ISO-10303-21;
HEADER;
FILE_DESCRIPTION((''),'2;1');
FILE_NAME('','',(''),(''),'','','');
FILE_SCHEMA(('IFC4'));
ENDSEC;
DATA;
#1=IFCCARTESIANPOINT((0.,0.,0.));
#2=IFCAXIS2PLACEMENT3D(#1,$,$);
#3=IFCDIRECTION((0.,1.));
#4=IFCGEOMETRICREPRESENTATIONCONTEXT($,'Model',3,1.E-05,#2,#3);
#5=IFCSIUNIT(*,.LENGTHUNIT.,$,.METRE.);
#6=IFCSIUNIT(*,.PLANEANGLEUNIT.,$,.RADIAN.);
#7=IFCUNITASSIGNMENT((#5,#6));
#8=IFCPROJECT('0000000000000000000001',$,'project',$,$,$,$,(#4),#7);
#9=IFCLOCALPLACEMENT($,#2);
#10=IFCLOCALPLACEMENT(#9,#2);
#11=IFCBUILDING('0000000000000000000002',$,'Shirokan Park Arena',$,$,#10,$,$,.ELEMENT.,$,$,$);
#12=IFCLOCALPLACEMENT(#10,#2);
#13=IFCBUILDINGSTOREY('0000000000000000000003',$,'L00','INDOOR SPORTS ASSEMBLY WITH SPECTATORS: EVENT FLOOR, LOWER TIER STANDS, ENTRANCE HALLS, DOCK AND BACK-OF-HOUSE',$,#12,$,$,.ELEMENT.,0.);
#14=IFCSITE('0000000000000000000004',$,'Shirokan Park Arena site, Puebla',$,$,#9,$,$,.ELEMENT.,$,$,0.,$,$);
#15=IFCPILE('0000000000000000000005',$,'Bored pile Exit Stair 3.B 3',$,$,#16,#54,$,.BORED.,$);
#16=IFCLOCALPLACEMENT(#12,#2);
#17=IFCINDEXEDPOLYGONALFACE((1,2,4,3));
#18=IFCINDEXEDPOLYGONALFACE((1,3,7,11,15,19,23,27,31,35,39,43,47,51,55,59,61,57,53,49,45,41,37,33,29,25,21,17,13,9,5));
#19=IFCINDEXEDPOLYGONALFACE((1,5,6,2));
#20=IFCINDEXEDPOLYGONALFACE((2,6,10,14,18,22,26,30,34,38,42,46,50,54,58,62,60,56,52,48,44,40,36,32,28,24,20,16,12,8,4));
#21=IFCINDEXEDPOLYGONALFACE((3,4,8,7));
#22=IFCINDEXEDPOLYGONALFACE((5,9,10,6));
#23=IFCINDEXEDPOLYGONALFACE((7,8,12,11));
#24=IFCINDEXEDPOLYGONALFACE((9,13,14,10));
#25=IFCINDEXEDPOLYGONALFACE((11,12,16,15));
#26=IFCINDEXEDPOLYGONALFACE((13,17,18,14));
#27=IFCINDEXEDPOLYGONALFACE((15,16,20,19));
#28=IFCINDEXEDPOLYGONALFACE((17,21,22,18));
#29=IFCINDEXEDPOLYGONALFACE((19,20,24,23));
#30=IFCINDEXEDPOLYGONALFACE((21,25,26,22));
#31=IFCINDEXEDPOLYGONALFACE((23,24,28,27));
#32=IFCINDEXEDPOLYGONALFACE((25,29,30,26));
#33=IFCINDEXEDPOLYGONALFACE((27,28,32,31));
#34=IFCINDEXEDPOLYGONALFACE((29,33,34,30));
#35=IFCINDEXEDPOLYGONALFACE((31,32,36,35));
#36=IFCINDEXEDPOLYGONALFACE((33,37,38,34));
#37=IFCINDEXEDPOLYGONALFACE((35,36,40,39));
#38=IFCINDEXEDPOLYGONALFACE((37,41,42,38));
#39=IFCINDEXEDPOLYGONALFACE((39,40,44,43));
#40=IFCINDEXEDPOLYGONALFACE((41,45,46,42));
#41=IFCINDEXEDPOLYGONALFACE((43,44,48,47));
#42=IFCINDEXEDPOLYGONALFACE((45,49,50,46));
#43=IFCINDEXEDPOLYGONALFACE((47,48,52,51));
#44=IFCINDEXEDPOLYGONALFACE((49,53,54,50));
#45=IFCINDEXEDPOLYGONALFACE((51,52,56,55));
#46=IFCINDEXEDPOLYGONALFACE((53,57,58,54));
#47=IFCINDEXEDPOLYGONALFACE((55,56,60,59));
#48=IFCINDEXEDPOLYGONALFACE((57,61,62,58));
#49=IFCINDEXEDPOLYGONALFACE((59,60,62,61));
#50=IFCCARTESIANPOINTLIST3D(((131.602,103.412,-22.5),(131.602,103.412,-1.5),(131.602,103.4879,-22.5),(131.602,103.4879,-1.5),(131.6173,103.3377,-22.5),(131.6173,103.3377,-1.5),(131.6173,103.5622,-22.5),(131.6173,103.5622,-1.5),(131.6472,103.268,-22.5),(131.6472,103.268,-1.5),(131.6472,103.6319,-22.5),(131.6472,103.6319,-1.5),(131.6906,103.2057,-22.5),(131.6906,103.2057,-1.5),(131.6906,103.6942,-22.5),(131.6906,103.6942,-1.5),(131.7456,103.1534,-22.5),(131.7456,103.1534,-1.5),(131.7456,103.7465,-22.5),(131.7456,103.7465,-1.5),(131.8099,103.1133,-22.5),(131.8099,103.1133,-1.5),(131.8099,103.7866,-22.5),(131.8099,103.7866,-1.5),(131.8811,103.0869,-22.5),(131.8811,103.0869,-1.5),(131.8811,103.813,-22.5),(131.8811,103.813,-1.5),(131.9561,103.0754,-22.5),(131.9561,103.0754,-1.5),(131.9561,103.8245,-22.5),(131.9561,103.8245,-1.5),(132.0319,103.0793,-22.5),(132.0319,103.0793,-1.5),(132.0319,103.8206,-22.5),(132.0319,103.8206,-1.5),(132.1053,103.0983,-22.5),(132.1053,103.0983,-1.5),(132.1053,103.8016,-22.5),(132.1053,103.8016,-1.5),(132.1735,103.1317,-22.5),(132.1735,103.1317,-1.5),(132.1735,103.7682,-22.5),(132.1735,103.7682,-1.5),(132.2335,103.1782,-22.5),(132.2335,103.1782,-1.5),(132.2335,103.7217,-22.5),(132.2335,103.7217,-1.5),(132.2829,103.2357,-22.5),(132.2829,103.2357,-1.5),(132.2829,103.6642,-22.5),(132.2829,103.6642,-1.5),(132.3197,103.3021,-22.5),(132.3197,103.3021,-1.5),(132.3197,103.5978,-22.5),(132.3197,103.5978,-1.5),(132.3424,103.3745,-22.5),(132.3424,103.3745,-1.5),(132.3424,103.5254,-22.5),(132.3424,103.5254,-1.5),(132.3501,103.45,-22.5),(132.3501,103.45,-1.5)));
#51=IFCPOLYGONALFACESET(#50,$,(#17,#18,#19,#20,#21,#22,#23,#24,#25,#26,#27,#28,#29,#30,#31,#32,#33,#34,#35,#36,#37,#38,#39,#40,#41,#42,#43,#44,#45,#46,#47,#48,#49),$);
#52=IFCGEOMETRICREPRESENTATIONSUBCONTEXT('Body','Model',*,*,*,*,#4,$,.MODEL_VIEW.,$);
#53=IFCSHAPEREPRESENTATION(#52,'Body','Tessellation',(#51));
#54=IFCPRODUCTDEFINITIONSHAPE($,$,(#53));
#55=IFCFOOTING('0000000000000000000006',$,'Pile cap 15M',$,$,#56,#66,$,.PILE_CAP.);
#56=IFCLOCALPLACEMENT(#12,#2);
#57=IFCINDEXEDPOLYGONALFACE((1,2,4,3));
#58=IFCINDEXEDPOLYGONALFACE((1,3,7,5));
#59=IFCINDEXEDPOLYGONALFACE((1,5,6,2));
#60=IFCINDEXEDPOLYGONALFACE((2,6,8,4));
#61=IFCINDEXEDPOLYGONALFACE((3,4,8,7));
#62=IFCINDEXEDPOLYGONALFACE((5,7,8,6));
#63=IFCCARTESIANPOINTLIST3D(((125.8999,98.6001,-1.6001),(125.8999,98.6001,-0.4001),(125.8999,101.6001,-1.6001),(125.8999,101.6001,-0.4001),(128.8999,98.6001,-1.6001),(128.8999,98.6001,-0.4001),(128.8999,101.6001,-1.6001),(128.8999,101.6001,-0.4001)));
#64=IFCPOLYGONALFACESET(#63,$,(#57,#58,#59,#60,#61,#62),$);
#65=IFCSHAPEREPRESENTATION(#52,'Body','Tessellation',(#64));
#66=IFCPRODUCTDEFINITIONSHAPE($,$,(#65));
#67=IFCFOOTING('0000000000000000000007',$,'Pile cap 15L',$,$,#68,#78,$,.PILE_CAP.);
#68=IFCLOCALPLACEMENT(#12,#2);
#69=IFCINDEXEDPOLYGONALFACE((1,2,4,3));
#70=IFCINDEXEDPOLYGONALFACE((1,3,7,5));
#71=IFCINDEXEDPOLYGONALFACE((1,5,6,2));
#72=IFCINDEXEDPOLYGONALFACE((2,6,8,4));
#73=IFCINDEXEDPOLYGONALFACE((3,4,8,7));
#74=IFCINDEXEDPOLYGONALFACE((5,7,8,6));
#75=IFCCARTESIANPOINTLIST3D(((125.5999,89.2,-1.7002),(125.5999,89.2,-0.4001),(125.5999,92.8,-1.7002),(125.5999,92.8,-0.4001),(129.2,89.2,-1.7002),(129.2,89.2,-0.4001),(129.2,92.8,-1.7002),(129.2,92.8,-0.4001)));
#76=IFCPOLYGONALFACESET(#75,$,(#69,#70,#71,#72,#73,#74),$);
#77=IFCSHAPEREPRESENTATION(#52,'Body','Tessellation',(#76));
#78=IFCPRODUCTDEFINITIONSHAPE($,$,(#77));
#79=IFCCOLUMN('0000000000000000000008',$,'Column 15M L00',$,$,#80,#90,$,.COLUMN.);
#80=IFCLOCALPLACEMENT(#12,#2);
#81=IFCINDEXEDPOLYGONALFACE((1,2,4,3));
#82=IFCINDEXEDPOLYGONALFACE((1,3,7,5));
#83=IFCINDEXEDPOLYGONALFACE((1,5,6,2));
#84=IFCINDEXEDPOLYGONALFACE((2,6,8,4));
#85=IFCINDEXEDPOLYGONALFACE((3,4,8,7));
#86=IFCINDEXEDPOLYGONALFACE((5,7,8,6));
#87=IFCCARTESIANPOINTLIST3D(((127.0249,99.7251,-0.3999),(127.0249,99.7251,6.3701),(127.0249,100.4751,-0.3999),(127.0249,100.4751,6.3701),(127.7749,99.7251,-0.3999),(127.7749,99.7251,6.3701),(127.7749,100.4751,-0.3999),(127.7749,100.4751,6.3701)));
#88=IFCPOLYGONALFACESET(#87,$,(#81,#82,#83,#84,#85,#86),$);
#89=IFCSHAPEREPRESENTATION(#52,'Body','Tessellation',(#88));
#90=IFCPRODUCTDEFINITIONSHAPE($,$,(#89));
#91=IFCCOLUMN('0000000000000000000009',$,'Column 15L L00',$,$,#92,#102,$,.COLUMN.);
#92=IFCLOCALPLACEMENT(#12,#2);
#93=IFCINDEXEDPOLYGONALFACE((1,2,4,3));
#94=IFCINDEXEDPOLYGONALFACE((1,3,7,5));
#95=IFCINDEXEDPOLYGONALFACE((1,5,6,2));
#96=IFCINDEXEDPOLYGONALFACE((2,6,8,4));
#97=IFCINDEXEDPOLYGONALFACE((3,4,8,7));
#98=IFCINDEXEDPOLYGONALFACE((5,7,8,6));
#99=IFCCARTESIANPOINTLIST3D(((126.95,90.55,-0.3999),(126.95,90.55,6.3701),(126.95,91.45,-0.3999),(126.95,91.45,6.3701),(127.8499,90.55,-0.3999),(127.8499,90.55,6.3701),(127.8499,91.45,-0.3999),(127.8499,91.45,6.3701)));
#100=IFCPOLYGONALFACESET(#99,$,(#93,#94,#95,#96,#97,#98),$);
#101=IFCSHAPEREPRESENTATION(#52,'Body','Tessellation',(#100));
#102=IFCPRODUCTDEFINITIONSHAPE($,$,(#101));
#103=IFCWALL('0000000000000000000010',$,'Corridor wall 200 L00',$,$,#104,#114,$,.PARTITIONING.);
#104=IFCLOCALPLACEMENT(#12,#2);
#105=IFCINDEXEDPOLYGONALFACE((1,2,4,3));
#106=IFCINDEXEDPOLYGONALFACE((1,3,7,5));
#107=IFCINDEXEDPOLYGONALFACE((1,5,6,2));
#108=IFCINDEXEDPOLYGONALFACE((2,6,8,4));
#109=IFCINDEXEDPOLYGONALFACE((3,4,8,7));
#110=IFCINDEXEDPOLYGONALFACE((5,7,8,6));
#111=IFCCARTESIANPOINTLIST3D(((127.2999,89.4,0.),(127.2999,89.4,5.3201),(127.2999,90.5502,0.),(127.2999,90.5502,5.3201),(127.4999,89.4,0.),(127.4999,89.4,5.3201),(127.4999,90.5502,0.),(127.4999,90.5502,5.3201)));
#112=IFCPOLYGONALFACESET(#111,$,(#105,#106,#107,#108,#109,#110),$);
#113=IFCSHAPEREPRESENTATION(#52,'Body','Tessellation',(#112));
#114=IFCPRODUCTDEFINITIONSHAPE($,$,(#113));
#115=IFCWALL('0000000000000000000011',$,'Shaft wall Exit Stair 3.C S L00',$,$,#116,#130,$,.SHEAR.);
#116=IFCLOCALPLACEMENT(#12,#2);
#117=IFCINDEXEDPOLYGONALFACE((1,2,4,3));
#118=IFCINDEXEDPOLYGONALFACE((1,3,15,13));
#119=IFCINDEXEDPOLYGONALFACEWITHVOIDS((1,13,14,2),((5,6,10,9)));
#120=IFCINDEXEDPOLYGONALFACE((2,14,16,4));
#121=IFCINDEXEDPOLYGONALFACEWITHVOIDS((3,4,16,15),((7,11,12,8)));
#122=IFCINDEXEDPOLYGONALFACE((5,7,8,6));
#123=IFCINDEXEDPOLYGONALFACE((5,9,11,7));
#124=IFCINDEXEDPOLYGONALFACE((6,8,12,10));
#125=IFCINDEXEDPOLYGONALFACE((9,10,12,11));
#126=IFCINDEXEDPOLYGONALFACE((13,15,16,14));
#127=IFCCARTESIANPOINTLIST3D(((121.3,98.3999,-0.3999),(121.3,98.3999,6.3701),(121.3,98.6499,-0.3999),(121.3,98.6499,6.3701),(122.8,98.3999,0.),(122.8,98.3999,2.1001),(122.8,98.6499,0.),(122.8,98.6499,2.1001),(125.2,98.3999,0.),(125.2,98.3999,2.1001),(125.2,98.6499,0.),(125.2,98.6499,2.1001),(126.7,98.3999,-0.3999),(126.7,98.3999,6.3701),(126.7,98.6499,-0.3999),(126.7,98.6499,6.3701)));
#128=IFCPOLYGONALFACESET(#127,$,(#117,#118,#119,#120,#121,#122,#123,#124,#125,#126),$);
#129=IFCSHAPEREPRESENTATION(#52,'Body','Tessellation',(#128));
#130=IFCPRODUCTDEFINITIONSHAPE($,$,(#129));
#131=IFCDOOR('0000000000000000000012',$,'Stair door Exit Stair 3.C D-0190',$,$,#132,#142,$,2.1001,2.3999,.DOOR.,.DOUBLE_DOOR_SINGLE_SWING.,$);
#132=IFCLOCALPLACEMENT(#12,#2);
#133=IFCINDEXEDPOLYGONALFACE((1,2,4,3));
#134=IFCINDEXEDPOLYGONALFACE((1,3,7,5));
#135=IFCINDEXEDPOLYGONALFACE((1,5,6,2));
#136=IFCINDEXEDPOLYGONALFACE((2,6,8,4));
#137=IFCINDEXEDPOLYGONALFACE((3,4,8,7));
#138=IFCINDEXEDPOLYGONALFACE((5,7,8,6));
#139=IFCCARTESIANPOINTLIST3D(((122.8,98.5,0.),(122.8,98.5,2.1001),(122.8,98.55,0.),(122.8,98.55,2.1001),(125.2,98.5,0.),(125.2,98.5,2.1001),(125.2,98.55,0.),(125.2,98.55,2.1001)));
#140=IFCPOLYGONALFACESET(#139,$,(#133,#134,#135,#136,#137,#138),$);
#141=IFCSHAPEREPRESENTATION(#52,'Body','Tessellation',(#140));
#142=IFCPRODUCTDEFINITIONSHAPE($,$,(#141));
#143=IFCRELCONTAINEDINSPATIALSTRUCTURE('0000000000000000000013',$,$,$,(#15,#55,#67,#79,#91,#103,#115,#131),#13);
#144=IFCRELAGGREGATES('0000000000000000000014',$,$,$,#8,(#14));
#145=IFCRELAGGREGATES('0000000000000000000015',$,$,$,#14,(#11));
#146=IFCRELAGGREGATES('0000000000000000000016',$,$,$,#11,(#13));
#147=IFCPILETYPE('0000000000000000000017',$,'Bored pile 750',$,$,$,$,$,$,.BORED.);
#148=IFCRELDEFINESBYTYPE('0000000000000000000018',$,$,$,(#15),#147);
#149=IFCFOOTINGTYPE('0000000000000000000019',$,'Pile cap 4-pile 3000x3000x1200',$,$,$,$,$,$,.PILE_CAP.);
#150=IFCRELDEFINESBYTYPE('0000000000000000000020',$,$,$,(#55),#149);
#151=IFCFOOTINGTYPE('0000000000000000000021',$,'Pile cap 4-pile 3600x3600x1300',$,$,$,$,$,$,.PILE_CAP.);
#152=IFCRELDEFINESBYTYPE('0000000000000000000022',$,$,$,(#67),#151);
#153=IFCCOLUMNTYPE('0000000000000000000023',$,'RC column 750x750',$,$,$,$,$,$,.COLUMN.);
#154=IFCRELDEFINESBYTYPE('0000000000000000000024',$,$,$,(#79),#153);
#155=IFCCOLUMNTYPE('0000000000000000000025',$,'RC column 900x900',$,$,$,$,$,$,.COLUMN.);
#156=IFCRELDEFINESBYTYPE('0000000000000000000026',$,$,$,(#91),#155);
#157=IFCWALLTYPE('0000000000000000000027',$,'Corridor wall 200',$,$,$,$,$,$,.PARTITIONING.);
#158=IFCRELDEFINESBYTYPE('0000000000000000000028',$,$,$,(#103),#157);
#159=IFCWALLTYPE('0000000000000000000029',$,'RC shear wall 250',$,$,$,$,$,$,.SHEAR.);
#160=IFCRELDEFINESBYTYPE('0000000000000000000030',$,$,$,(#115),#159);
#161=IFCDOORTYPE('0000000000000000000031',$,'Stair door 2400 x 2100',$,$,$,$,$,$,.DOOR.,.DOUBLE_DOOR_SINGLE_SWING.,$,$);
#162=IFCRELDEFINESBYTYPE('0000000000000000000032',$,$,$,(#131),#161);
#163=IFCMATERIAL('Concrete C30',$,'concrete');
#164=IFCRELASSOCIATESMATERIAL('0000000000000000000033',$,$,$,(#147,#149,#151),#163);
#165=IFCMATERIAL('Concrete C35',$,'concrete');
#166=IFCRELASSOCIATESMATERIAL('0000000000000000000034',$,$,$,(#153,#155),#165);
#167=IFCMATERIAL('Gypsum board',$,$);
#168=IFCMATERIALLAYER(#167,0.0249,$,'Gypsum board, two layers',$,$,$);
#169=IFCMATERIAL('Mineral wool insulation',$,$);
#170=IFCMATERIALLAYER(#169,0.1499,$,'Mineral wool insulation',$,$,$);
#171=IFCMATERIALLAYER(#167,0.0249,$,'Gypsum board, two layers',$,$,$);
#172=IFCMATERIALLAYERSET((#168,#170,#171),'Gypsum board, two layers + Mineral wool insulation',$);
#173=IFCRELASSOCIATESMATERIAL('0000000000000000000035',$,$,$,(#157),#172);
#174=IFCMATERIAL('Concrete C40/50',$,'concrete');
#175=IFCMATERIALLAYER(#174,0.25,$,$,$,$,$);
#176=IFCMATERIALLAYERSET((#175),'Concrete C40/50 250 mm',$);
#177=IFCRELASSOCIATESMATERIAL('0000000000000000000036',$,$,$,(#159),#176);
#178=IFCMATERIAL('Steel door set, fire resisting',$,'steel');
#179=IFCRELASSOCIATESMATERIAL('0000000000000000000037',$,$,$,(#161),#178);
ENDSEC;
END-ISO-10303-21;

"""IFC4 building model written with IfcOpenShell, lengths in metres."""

from ifc_helpers import new_model, si_unit, direction, frame, frame_2d, origin, origin_2d, place, context, subcontext, project, spatial, rectangle, circle, extrude, material, layer, layer_set, material_profile, profile_set, type_object, element, fill, save


model = new_model("IFC4")

# Units and contexts
model_context = context("Model", 3, precision=1e-05, world=origin(), true_north=direction((0.0, 1.0)))
body_context = subcontext(model_context, "Body", "Model", "MODEL_VIEW")
ifc_project = project(units=[si_unit("LENGTHUNIT", "METRE"), si_unit("PLANEANGLEUNIT", "RADIAN")], contexts=[model_context])

# Site, building, storey
site_placement = place(None, origin())
site = spatial("IfcSite", under=ifc_project, at=site_placement, Name="Shirokan Park Arena site, Puebla", CompositionType="ELEMENT", RefElevation=0.0)
building_placement = place(site_placement, origin())
building = spatial("IfcBuilding", under=site, at=building_placement, Name="Shirokan Park Arena", CompositionType="ELEMENT")
storey_placement = place(building_placement, origin())
storey = spatial("IfcBuildingStorey", under=building, at=storey_placement, Name="L00", Description="INDOOR SPORTS ASSEMBLY WITH SPECTATORS: EVENT FLOOR, LOWER TIER STANDS, ENTRANCE HALLS, DOCK AND BACK-OF-HOUSE", CompositionType="ELEMENT", Elevation=0.0)

# Pile
ifc_material_1 = material(Name="Concrete C30", Category="concrete")
ifc_material_profile_1 = material_profile(ifc_material_1, circle(Radius=0.375, at=origin_2d()), Name="D750")
ifc_profile_set_1 = profile_set([ifc_material_profile_1], Name="Concrete C30")
pile_type_1 = type_object("IfcPileType", Name="Bored pile 750", PredefinedType="BORED", material=ifc_profile_set_1)
for number, where, z_axis, x_axis, name in (
    (1, (131.9751, 103.45, -1.5), (0.0, 0.0, -1.0), (1.0, 0.0, 0.0), "Bored pile Exit Stair 3.B 3"),
):
    element("IfcPile", number, at=place(storey_placement, frame(where, z_axis=z_axis, x_axis=x_axis)), inside=storey, type_object=pile_type_1, Name=name, PredefinedType="BORED", context=body_context, shape_type="SweptSolid", body=[
        extrude(circle(Radius=0.375, at=origin_2d()), origin(), (0.0, 0.0, 1.0), 21.0),
    ])

# Footings
footing_type_1 = type_object("IfcFootingType", Name="Pile cap 4-pile 3000x3000x1200", PredefinedType="PILE_CAP", material=ifc_material_1)
footing_1_placement = place(storey_placement, frame((127.3999, 100.1001, -1.6001), z_axis=(0.0, 0.0, 1.0), x_axis=(1.0, 0.0, 0.0)))
element("IfcFooting", 2, at=footing_1_placement, inside=storey, type_object=footing_type_1, Name="Pile cap 15M", PredefinedType="PILE_CAP", context=body_context, shape_type="SweptSolid", body=[
    extrude(rectangle(XDim=3.0, YDim=3.0, at=origin_2d()), origin(), (0.0, 0.0, 1.0), 1.2),
])
footing_type_2 = type_object("IfcFootingType", Name="Pile cap 4-pile 3600x3600x1300", PredefinedType="PILE_CAP", material=ifc_material_1)
footing_2_placement = place(storey_placement, frame((127.3999, 91.0, -1.7002), z_axis=(0.0, 0.0, 1.0), x_axis=(1.0, 0.0, 0.0)))
element("IfcFooting", 3, at=footing_2_placement, inside=storey, type_object=footing_type_2, Name="Pile cap 15L", PredefinedType="PILE_CAP", context=body_context, shape_type="SweptSolid", body=[
    extrude(rectangle(XDim=3.6001, YDim=3.6001, at=origin_2d()), origin(), (0.0, 0.0, 1.0), 1.3),
])

# Columns
ifc_material_2 = material(Name="Concrete C35", Category="concrete")
ifc_material_profile_2 = material_profile(ifc_material_2, rectangle(XDim=0.75, YDim=0.75, at=origin_2d()), Name="750x750")
ifc_profile_set_2 = profile_set([ifc_material_profile_2], Name="Concrete C35")
column_type_1 = type_object("IfcColumnType", Name="RC column 750x750", PredefinedType="COLUMN", material=ifc_profile_set_2)
column_1_placement = place(storey_placement, frame((127.3999, 100.1001, -0.3999), z_axis=(0.0, 0.0, 1.0), x_axis=(1.0, 0.0, 0.0)))
element("IfcColumn", 4, at=column_1_placement, inside=storey, type_object=column_type_1, Name="Column 15M L00", PredefinedType="COLUMN", context=body_context, shape_type="SweptSolid", body=[
    extrude(rectangle(XDim=0.75, YDim=0.75, at=origin_2d()), origin(), (0.0, 0.0, 1.0), 6.77),
])
ifc_material_profile_3 = material_profile(ifc_material_2, rectangle(XDim=0.8999, YDim=0.8999, at=origin_2d()), Name="900x900")
ifc_profile_set_3 = profile_set([ifc_material_profile_3], Name="Concrete C35")
column_type_2 = type_object("IfcColumnType", Name="RC column 900x900", PredefinedType="COLUMN", material=ifc_profile_set_3)
column_2_placement = place(storey_placement, frame((127.3999, 91.0, -0.3999), z_axis=(0.0, 0.0, 1.0), x_axis=(1.0, 0.0, 0.0)))
element("IfcColumn", 5, at=column_2_placement, inside=storey, type_object=column_type_2, Name="Column 15L L00", PredefinedType="COLUMN", context=body_context, shape_type="SweptSolid", body=[
    extrude(rectangle(XDim=0.8999, YDim=0.8999, at=origin_2d()), origin(), (0.0, 0.0, 1.0), 6.77),
])

# Wall
ifc_material_3 = material(Name="Gypsum board")
ifc_layer_1 = layer(ifc_material_3, 0.0249, Name="Gypsum board, two layers")
ifc_material_4 = material(Name="Mineral wool insulation")
ifc_layer_2 = layer(ifc_material_4, 0.1499, Name="Mineral wool insulation")
ifc_layer_3 = layer(ifc_material_3, 0.0249, Name="Gypsum board, two layers")
ifc_layer_set_1 = layer_set([ifc_layer_1, ifc_layer_2, ifc_layer_3], Name="Gypsum board, two layers + Mineral wool insulation")
wall_type_1 = type_object("IfcWallType", Name="Corridor wall 200", PredefinedType="PARTITIONING", material=ifc_layer_set_1)
wall_1_placement = place(storey_placement, frame((127.3999, 89.3999, 0.0), z_axis=(0.0, 0.0, 1.0), x_axis=(0.0, 1.0, 0.0)))
element("IfcWall", 6, at=wall_1_placement, inside=storey, type_object=wall_type_1, Name="Corridor wall 200 L00", PredefinedType="PARTITIONING", context=body_context, shape_type="SweptSolid", body=[
    extrude(rectangle(XDim=1.1501, YDim=0.2, at=frame_2d((0.5752, 0.0))), origin(), (0.0, 0.0, 1.0), 5.3201),
])

# Wall, opening, door
ifc_material_5 = material(Name="Concrete C40/50", Category="concrete")
ifc_layer_4 = layer(ifc_material_5, 0.25)
ifc_layer_set_2 = layer_set([ifc_layer_4], Name="Concrete C40/50 250 mm")
wall_type_2 = type_object("IfcWallType", Name="RC shear wall 250", PredefinedType="SHEAR", material=ifc_layer_set_2)
wall_2_placement = place(storey_placement, frame((126.7, 98.5249, -0.3999), z_axis=(0.0, 0.0, 1.0), x_axis=(-1.0, 0.0, 0.0)))
wall_2 = element("IfcWall", 7, at=wall_2_placement, inside=storey, type_object=wall_type_2, Name="Shaft wall Exit Stair 3.C S L00", PredefinedType="SHEAR", context=body_context, shape_type="SweptSolid", body=[
    extrude(rectangle(XDim=5.3999, YDim=0.25, at=frame_2d((2.7, 0.0))), origin(), (0.0, 0.0, 1.0), 6.77),
])
opening_1_placement = place(wall_2_placement, frame((1.5, 0.0, 0.3999)))
opening_1 = element("IfcOpeningElement", 8, at=opening_1_placement, cuts=wall_2, PredefinedType="OPENING", context=body_context, shape_type="SweptSolid", body=[
    extrude(rectangle(XDim=2.3999, YDim=2.1001, at=frame_2d((1.2, 1.05))), frame((0.0, 0.135, 0.0), z_axis=(0.0, -1.0, 0.0), x_axis=(1.0, 0.0, 0.0)), (0.0, 0.0, 1.0), 0.27),
])
ifc_material_6 = material(Name="Steel door set, fire resisting", Category="steel")
door_type_1 = type_object("IfcDoorType", Name="Stair door 2400 x 2100", OperationType="DOUBLE_DOOR_SINGLE_SWING", PredefinedType="DOOR", material=ifc_material_6)
door_1_placement = place(opening_1_placement, origin())
door_1 = element("IfcDoor", 9, at=door_1_placement, inside=storey, type_object=door_type_1, Name="Stair door Exit Stair 3.C D-0190", OperationType="DOUBLE_DOOR_SINGLE_SWING", OverallHeight=2.1001, OverallWidth=2.3999, PredefinedType="DOOR", context=body_context, shape_type="SweptSolid", body=[
    extrude(rectangle(XDim=2.3999, YDim=2.1001, at=frame_2d((1.2, 1.05))), frame((0.0, 0.0249, 0.0), z_axis=(0.0, -1.0, 0.0), x_axis=(1.0, 0.0, 0.0)), (0.0, 0.0, 1.0), 0.05),
])
fill(opening_1, door_1)

save(model, "model.ifc")
